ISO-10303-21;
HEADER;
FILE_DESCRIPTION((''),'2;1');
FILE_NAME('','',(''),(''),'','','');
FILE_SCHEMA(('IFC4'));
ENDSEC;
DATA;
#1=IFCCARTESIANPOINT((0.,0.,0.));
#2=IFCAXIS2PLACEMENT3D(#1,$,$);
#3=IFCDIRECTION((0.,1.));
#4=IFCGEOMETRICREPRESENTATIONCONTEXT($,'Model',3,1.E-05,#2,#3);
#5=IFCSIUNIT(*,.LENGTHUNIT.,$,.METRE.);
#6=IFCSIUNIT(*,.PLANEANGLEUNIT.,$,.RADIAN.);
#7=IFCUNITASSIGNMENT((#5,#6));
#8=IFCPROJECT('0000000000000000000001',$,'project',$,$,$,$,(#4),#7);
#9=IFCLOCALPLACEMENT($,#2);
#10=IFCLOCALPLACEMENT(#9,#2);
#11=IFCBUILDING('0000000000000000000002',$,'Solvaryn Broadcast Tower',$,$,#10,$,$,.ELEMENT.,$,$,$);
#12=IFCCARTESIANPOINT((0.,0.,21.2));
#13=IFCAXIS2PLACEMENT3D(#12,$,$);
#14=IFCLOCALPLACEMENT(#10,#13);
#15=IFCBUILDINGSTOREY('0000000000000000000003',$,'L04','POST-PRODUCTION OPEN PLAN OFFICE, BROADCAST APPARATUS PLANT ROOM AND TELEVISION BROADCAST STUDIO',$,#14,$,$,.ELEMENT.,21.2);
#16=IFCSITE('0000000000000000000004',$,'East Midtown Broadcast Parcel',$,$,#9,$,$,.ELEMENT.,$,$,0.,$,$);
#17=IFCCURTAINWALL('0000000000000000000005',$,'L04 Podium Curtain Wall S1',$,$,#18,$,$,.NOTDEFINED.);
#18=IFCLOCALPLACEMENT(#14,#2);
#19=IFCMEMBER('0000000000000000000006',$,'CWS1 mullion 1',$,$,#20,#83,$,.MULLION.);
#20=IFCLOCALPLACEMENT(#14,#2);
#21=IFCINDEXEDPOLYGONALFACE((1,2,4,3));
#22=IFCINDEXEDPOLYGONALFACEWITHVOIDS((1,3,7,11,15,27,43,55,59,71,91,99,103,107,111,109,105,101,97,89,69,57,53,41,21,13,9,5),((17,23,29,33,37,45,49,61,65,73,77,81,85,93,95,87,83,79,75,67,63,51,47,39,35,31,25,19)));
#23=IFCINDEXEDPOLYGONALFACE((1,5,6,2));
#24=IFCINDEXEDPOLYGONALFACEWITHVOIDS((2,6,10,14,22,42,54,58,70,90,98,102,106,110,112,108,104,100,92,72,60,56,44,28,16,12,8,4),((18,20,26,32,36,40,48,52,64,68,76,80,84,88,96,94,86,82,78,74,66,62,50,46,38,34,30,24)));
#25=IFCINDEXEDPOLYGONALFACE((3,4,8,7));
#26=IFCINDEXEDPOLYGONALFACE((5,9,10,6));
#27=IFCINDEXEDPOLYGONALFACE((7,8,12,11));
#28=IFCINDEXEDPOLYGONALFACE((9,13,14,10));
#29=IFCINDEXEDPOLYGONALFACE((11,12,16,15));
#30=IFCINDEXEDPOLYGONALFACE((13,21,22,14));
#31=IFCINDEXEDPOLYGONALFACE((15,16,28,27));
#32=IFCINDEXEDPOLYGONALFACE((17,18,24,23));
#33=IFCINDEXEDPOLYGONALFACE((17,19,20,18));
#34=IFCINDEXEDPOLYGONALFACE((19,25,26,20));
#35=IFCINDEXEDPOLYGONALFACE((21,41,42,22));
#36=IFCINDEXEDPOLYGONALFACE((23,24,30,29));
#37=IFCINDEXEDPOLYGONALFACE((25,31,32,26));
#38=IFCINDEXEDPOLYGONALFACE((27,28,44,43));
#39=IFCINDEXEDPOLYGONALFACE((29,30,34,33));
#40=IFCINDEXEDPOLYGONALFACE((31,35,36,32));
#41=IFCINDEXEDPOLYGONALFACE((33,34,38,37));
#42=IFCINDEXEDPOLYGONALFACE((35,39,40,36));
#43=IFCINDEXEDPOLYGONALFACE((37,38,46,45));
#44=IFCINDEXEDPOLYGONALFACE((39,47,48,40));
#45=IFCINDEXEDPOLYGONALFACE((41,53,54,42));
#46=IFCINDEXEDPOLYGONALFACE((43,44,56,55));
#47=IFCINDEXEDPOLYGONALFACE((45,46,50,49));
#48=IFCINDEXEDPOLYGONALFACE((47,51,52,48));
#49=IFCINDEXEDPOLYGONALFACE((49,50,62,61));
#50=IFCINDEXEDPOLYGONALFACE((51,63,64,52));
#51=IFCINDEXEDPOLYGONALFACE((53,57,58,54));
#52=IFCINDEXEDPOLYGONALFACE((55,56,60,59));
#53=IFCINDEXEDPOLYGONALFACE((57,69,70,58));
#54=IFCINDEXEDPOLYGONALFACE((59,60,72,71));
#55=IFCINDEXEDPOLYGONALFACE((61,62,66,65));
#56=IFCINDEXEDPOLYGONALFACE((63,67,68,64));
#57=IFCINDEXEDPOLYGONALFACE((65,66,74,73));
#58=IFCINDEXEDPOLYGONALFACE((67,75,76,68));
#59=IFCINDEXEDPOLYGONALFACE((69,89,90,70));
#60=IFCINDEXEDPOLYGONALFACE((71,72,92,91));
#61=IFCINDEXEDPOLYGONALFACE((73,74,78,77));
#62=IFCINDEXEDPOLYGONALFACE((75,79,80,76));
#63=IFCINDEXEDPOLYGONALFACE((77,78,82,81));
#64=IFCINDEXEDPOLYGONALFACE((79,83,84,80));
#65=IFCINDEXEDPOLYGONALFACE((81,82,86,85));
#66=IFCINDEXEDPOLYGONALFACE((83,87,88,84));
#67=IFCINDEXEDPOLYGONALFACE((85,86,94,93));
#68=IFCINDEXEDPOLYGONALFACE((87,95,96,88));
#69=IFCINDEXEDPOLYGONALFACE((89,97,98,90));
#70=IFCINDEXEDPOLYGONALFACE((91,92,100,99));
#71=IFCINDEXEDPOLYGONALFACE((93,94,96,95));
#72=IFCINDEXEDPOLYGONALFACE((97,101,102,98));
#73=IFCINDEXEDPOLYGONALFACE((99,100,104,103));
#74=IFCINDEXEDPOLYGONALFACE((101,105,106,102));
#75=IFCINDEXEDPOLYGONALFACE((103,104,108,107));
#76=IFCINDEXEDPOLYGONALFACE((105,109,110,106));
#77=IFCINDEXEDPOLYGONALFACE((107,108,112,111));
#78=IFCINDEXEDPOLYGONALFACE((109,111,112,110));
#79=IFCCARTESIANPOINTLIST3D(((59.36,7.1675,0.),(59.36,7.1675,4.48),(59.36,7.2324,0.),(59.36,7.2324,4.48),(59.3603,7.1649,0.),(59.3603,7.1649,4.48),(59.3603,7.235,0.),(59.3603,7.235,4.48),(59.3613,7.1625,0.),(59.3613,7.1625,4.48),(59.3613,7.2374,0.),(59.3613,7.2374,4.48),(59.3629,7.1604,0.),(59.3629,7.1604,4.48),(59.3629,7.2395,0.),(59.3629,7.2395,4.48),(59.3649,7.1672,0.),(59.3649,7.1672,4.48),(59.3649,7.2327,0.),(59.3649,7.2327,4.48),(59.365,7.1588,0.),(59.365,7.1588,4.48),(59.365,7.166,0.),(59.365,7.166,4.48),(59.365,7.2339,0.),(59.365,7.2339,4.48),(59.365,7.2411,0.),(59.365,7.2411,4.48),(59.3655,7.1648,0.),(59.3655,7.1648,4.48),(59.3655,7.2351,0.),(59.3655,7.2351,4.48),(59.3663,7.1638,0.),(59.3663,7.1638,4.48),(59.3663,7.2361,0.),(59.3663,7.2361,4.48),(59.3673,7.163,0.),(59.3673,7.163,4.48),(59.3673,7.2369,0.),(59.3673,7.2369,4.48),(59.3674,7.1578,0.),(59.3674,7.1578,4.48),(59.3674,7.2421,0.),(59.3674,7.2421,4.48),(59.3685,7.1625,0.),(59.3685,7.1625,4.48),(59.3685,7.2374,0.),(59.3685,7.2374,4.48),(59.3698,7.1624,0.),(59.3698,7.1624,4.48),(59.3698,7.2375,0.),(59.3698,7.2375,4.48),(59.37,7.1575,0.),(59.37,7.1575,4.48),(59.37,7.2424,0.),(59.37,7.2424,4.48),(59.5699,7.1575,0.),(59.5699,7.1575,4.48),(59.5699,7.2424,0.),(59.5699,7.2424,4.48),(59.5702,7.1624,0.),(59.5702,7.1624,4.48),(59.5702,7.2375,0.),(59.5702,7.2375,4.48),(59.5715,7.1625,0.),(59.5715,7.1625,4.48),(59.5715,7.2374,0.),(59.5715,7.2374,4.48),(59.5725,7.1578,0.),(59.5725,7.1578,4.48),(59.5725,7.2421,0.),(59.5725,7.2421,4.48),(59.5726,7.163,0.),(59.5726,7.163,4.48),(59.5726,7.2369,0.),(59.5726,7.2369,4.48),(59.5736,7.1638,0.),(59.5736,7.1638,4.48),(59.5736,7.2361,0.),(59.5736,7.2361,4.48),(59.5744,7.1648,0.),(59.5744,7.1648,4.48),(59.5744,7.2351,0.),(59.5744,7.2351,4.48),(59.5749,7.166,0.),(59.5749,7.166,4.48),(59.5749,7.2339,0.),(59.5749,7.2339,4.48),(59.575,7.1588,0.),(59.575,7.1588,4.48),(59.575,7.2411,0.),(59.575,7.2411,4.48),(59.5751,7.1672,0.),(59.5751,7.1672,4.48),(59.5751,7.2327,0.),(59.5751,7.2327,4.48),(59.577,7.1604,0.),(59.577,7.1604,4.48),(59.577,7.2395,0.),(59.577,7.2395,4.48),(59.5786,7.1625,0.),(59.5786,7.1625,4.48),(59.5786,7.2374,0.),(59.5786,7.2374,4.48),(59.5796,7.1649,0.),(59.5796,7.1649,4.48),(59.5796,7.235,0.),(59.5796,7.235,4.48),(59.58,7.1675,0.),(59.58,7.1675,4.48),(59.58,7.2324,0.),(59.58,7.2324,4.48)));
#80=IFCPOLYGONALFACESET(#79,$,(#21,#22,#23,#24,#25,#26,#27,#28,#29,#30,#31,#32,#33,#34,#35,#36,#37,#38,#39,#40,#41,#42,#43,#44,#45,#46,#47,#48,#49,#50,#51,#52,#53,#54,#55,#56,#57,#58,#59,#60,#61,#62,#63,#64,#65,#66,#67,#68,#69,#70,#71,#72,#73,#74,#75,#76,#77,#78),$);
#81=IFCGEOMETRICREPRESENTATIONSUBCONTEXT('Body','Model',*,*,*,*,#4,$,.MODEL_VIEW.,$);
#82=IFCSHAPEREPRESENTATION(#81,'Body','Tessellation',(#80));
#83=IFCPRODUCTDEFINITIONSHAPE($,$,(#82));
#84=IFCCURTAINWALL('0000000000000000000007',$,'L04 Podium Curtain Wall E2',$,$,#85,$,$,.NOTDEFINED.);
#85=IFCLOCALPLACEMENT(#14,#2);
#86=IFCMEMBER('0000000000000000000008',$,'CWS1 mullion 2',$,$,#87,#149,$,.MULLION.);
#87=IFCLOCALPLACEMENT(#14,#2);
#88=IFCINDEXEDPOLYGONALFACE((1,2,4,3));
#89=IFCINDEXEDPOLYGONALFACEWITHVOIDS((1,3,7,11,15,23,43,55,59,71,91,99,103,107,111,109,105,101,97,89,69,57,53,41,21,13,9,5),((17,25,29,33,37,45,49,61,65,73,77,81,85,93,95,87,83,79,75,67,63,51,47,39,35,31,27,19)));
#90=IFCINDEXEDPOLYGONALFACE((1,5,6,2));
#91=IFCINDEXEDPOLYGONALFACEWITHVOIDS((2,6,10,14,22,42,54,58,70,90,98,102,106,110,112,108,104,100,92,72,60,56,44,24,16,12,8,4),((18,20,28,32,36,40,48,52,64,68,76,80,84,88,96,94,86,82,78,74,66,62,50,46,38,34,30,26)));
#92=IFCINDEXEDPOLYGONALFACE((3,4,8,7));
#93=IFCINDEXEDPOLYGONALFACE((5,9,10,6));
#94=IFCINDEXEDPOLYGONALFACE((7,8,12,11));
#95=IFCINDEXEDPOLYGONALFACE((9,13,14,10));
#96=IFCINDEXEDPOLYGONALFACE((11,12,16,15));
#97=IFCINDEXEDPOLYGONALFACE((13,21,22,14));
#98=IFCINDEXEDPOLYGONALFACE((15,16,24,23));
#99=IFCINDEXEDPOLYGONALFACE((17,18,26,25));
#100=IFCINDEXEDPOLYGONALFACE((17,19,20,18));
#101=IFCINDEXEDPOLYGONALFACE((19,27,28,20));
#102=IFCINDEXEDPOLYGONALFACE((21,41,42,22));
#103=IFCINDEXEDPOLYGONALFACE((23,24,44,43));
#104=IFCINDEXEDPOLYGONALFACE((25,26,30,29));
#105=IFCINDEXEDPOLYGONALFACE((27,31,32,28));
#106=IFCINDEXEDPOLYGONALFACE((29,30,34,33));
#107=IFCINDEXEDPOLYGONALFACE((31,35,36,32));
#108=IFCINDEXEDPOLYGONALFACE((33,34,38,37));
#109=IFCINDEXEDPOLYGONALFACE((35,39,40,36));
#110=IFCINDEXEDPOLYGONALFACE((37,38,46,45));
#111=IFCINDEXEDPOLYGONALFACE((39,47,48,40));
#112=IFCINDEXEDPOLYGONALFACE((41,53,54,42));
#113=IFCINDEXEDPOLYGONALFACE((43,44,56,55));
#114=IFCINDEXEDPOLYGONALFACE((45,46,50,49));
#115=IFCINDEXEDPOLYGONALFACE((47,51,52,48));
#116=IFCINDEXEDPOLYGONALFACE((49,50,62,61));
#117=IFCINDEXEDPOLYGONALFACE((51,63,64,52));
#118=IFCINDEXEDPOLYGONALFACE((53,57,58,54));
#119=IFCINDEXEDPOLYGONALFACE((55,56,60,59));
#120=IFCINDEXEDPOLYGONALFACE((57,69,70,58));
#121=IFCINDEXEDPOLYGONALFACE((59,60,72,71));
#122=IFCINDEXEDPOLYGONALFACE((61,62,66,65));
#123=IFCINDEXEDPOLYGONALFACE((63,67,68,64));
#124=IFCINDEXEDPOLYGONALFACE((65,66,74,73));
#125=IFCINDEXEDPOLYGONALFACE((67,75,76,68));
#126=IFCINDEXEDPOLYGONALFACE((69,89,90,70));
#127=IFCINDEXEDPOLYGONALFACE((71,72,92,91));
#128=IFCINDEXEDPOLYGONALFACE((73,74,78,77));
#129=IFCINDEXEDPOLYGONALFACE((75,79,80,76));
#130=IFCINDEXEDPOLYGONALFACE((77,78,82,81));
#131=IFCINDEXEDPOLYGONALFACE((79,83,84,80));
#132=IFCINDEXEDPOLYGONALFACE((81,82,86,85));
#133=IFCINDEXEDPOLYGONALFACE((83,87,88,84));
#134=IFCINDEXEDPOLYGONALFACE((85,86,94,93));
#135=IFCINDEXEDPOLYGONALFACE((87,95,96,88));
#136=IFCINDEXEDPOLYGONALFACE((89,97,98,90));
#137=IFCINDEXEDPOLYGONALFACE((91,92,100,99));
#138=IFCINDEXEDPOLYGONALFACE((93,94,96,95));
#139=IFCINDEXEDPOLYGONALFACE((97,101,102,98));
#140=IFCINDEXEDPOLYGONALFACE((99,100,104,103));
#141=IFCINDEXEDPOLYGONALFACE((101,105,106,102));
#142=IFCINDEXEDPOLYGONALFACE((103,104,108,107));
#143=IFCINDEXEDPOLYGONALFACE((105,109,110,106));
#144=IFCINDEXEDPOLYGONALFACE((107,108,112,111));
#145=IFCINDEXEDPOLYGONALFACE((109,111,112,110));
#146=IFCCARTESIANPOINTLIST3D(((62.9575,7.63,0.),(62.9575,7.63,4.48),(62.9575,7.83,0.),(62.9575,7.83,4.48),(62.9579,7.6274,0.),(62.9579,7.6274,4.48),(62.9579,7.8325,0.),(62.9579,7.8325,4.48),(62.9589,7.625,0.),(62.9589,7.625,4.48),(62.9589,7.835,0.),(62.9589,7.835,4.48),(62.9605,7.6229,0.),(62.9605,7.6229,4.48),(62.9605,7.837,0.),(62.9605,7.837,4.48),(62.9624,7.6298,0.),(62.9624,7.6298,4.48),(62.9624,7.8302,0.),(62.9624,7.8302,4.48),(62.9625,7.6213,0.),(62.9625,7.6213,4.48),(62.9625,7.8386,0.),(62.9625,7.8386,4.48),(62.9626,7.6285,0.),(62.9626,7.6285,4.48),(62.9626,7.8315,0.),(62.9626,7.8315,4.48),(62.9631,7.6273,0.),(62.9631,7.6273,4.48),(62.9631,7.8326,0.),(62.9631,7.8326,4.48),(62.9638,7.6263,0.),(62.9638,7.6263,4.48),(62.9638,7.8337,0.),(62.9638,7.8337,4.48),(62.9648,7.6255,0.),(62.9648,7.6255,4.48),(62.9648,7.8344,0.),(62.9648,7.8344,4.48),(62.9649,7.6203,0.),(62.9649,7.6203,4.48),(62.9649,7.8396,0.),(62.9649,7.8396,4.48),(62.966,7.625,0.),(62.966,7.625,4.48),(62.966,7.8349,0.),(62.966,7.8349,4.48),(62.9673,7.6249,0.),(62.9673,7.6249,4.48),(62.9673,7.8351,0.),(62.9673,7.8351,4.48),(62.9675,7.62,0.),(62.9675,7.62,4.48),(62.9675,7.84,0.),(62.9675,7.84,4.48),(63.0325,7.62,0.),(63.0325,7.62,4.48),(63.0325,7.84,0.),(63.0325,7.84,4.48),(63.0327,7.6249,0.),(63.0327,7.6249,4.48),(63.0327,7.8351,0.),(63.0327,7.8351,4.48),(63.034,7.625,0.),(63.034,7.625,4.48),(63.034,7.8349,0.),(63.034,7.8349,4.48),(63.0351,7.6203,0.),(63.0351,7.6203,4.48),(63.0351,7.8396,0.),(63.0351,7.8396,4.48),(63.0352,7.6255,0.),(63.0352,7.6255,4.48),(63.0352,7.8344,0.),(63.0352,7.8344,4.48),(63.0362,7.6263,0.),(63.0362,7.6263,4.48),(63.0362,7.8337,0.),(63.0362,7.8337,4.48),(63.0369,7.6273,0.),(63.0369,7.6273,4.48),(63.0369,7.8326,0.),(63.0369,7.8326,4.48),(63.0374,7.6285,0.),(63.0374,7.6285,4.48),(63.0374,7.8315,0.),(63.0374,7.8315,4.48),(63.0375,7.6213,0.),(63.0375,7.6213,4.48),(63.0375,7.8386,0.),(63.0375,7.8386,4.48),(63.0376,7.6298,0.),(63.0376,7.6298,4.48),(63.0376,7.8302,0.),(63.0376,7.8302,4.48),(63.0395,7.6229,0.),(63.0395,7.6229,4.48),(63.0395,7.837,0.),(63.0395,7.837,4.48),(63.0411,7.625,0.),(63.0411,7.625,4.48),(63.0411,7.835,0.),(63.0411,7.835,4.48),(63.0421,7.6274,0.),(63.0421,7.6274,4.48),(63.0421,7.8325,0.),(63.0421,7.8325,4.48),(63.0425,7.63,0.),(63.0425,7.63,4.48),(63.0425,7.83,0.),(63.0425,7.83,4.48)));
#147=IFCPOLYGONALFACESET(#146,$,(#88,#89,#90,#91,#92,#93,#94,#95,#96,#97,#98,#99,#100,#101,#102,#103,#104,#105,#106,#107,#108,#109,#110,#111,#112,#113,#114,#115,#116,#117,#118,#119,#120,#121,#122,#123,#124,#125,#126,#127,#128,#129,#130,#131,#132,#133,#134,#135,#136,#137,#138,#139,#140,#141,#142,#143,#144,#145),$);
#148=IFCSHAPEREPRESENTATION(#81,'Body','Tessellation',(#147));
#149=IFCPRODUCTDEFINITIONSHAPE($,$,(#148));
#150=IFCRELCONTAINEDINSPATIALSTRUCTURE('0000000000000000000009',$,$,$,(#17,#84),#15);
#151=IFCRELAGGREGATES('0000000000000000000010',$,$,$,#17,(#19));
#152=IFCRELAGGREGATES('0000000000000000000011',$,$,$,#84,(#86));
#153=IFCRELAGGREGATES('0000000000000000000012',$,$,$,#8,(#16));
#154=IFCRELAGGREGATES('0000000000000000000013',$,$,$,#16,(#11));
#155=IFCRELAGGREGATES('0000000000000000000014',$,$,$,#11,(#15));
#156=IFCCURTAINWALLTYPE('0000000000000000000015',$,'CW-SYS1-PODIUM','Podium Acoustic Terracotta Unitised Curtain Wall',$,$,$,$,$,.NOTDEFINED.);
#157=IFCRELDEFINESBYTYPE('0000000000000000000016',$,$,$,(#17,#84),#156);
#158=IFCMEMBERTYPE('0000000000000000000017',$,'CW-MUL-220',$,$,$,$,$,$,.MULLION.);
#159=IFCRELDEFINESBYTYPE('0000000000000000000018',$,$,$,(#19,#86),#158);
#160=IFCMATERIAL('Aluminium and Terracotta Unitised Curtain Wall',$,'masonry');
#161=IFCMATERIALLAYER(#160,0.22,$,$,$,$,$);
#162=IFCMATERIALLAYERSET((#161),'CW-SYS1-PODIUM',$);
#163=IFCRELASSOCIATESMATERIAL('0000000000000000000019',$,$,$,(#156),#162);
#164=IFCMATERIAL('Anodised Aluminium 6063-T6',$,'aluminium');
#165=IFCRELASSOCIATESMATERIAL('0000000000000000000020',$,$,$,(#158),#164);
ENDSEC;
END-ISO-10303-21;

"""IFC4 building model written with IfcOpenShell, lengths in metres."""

from ifc_helpers import new_model, si_unit, direction, frame, origin, origin_2d, place, context, subcontext, project, spatial, hollow_rectangle, extrude, material, layer, layer_set, material_profile, profile_set, type_object, element, aggregate, save


model = new_model("IFC4")

# Units and contexts
model_context = context("Model", 3, precision=1e-05, world=origin(), true_north=direction((0.0, 1.0)))
body_context = subcontext(model_context, "Body", "Model", "MODEL_VIEW")
ifc_project = project(units=[si_unit("LENGTHUNIT", "METRE"), si_unit("PLANEANGLEUNIT", "RADIAN")], contexts=[model_context])

# Site, building, storey
site_placement = place(None, origin())
site = spatial("IfcSite", under=ifc_project, at=site_placement, Name="East Midtown Broadcast Parcel", CompositionType="ELEMENT", RefElevation=0.0)
building_placement = place(site_placement, origin())
building = spatial("IfcBuilding", under=site, at=building_placement, Name="Solvaryn Broadcast Tower", CompositionType="ELEMENT")
storey_placement = place(building_placement, frame((0.0, 0.0, 21.2)))
storey = spatial("IfcBuildingStorey", under=building, at=storey_placement, Name="L04", Description="POST-PRODUCTION OPEN PLAN OFFICE, BROADCAST APPARATUS PLANT ROOM AND TELEVISION BROADCAST STUDIO", CompositionType="ELEMENT", Elevation=21.2)

# Curtain walls, members
ifc_material_1 = material(Name="Aluminium and Terracotta Unitised Curtain Wall", Category="masonry")
ifc_layer_1 = layer(ifc_material_1, 0.22)
ifc_layer_set_1 = layer_set([ifc_layer_1], Name="CW-SYS1-PODIUM")
curtain_wall_type = type_object("IfcCurtainWallType", Name="CW-SYS1-PODIUM", Description="Podium Acoustic Terracotta Unitised Curtain Wall", PredefinedType="NOTDEFINED", material=ifc_layer_set_1)
curtain_wall_1_placement = place(storey_placement, origin())
curtain_wall_1 = element("IfcCurtainWall", 1, at=curtain_wall_1_placement, inside=storey, type_object=curtain_wall_type, Name="L04 Podium Curtain Wall S1", PredefinedType="NOTDEFINED")
ifc_material_2 = material(Name="Anodised Aluminium 6063-T6", Category="aluminium")
ifc_material_profile_1 = material_profile(ifc_material_2, hollow_rectangle(XDim=0.085, YDim=0.22, WallThickness=0.0049, InnerFilletRadius=0.0049, OuterFilletRadius=0.01, at=origin_2d()))
ifc_profile_set_1 = profile_set([ifc_material_profile_1], Name="Anodised Aluminium 6063-T6")
member_type_1 = type_object("IfcMemberType", Name="CW-MUL-220", PredefinedType="MULLION", material=ifc_profile_set_1)
member_1_placement = place(storey_placement, frame((59.47, 7.2, 0.0), z_axis=(0.0, 0.0, 1.0), x_axis=(0.0, -1.0, 0.0)))
member_1 = element("IfcMember", 2, at=member_1_placement, type_object=member_type_1, Name="CWS1 mullion 1", PredefinedType="MULLION", context=body_context, shape_type="SweptSolid", body=[
    extrude(hollow_rectangle(XDim=0.085, YDim=0.22, WallThickness=0.0049, InnerFilletRadius=0.0049, OuterFilletRadius=0.01, at=origin_2d()), origin(), (0.0, 0.0, 1.0), 4.48),
])
curtain_wall_2_placement = place(storey_placement, origin())
curtain_wall_2 = element("IfcCurtainWall", 3, at=curtain_wall_2_placement, inside=storey, type_object=curtain_wall_type, Name="L04 Podium Curtain Wall E2", PredefinedType="NOTDEFINED")
member_2_placement = place(storey_placement, frame((63.0, 7.73, 0.0), z_axis=(0.0, 0.0, 1.0), x_axis=(1.0, 0.0, 0.0)))
member_2 = element("IfcMember", 4, at=member_2_placement, type_object=member_type_1, Name="CWS1 mullion 2", PredefinedType="MULLION", context=body_context, shape_type="SweptSolid", body=[
    extrude(hollow_rectangle(XDim=0.085, YDim=0.22, WallThickness=0.0049, InnerFilletRadius=0.0049, OuterFilletRadius=0.01, at=origin_2d()), origin(), (0.0, 0.0, 1.0), 4.48),
])

aggregate(curtain_wall_1, [member_1])

aggregate(curtain_wall_2, [member_2])

save(model, "model.ifc")
